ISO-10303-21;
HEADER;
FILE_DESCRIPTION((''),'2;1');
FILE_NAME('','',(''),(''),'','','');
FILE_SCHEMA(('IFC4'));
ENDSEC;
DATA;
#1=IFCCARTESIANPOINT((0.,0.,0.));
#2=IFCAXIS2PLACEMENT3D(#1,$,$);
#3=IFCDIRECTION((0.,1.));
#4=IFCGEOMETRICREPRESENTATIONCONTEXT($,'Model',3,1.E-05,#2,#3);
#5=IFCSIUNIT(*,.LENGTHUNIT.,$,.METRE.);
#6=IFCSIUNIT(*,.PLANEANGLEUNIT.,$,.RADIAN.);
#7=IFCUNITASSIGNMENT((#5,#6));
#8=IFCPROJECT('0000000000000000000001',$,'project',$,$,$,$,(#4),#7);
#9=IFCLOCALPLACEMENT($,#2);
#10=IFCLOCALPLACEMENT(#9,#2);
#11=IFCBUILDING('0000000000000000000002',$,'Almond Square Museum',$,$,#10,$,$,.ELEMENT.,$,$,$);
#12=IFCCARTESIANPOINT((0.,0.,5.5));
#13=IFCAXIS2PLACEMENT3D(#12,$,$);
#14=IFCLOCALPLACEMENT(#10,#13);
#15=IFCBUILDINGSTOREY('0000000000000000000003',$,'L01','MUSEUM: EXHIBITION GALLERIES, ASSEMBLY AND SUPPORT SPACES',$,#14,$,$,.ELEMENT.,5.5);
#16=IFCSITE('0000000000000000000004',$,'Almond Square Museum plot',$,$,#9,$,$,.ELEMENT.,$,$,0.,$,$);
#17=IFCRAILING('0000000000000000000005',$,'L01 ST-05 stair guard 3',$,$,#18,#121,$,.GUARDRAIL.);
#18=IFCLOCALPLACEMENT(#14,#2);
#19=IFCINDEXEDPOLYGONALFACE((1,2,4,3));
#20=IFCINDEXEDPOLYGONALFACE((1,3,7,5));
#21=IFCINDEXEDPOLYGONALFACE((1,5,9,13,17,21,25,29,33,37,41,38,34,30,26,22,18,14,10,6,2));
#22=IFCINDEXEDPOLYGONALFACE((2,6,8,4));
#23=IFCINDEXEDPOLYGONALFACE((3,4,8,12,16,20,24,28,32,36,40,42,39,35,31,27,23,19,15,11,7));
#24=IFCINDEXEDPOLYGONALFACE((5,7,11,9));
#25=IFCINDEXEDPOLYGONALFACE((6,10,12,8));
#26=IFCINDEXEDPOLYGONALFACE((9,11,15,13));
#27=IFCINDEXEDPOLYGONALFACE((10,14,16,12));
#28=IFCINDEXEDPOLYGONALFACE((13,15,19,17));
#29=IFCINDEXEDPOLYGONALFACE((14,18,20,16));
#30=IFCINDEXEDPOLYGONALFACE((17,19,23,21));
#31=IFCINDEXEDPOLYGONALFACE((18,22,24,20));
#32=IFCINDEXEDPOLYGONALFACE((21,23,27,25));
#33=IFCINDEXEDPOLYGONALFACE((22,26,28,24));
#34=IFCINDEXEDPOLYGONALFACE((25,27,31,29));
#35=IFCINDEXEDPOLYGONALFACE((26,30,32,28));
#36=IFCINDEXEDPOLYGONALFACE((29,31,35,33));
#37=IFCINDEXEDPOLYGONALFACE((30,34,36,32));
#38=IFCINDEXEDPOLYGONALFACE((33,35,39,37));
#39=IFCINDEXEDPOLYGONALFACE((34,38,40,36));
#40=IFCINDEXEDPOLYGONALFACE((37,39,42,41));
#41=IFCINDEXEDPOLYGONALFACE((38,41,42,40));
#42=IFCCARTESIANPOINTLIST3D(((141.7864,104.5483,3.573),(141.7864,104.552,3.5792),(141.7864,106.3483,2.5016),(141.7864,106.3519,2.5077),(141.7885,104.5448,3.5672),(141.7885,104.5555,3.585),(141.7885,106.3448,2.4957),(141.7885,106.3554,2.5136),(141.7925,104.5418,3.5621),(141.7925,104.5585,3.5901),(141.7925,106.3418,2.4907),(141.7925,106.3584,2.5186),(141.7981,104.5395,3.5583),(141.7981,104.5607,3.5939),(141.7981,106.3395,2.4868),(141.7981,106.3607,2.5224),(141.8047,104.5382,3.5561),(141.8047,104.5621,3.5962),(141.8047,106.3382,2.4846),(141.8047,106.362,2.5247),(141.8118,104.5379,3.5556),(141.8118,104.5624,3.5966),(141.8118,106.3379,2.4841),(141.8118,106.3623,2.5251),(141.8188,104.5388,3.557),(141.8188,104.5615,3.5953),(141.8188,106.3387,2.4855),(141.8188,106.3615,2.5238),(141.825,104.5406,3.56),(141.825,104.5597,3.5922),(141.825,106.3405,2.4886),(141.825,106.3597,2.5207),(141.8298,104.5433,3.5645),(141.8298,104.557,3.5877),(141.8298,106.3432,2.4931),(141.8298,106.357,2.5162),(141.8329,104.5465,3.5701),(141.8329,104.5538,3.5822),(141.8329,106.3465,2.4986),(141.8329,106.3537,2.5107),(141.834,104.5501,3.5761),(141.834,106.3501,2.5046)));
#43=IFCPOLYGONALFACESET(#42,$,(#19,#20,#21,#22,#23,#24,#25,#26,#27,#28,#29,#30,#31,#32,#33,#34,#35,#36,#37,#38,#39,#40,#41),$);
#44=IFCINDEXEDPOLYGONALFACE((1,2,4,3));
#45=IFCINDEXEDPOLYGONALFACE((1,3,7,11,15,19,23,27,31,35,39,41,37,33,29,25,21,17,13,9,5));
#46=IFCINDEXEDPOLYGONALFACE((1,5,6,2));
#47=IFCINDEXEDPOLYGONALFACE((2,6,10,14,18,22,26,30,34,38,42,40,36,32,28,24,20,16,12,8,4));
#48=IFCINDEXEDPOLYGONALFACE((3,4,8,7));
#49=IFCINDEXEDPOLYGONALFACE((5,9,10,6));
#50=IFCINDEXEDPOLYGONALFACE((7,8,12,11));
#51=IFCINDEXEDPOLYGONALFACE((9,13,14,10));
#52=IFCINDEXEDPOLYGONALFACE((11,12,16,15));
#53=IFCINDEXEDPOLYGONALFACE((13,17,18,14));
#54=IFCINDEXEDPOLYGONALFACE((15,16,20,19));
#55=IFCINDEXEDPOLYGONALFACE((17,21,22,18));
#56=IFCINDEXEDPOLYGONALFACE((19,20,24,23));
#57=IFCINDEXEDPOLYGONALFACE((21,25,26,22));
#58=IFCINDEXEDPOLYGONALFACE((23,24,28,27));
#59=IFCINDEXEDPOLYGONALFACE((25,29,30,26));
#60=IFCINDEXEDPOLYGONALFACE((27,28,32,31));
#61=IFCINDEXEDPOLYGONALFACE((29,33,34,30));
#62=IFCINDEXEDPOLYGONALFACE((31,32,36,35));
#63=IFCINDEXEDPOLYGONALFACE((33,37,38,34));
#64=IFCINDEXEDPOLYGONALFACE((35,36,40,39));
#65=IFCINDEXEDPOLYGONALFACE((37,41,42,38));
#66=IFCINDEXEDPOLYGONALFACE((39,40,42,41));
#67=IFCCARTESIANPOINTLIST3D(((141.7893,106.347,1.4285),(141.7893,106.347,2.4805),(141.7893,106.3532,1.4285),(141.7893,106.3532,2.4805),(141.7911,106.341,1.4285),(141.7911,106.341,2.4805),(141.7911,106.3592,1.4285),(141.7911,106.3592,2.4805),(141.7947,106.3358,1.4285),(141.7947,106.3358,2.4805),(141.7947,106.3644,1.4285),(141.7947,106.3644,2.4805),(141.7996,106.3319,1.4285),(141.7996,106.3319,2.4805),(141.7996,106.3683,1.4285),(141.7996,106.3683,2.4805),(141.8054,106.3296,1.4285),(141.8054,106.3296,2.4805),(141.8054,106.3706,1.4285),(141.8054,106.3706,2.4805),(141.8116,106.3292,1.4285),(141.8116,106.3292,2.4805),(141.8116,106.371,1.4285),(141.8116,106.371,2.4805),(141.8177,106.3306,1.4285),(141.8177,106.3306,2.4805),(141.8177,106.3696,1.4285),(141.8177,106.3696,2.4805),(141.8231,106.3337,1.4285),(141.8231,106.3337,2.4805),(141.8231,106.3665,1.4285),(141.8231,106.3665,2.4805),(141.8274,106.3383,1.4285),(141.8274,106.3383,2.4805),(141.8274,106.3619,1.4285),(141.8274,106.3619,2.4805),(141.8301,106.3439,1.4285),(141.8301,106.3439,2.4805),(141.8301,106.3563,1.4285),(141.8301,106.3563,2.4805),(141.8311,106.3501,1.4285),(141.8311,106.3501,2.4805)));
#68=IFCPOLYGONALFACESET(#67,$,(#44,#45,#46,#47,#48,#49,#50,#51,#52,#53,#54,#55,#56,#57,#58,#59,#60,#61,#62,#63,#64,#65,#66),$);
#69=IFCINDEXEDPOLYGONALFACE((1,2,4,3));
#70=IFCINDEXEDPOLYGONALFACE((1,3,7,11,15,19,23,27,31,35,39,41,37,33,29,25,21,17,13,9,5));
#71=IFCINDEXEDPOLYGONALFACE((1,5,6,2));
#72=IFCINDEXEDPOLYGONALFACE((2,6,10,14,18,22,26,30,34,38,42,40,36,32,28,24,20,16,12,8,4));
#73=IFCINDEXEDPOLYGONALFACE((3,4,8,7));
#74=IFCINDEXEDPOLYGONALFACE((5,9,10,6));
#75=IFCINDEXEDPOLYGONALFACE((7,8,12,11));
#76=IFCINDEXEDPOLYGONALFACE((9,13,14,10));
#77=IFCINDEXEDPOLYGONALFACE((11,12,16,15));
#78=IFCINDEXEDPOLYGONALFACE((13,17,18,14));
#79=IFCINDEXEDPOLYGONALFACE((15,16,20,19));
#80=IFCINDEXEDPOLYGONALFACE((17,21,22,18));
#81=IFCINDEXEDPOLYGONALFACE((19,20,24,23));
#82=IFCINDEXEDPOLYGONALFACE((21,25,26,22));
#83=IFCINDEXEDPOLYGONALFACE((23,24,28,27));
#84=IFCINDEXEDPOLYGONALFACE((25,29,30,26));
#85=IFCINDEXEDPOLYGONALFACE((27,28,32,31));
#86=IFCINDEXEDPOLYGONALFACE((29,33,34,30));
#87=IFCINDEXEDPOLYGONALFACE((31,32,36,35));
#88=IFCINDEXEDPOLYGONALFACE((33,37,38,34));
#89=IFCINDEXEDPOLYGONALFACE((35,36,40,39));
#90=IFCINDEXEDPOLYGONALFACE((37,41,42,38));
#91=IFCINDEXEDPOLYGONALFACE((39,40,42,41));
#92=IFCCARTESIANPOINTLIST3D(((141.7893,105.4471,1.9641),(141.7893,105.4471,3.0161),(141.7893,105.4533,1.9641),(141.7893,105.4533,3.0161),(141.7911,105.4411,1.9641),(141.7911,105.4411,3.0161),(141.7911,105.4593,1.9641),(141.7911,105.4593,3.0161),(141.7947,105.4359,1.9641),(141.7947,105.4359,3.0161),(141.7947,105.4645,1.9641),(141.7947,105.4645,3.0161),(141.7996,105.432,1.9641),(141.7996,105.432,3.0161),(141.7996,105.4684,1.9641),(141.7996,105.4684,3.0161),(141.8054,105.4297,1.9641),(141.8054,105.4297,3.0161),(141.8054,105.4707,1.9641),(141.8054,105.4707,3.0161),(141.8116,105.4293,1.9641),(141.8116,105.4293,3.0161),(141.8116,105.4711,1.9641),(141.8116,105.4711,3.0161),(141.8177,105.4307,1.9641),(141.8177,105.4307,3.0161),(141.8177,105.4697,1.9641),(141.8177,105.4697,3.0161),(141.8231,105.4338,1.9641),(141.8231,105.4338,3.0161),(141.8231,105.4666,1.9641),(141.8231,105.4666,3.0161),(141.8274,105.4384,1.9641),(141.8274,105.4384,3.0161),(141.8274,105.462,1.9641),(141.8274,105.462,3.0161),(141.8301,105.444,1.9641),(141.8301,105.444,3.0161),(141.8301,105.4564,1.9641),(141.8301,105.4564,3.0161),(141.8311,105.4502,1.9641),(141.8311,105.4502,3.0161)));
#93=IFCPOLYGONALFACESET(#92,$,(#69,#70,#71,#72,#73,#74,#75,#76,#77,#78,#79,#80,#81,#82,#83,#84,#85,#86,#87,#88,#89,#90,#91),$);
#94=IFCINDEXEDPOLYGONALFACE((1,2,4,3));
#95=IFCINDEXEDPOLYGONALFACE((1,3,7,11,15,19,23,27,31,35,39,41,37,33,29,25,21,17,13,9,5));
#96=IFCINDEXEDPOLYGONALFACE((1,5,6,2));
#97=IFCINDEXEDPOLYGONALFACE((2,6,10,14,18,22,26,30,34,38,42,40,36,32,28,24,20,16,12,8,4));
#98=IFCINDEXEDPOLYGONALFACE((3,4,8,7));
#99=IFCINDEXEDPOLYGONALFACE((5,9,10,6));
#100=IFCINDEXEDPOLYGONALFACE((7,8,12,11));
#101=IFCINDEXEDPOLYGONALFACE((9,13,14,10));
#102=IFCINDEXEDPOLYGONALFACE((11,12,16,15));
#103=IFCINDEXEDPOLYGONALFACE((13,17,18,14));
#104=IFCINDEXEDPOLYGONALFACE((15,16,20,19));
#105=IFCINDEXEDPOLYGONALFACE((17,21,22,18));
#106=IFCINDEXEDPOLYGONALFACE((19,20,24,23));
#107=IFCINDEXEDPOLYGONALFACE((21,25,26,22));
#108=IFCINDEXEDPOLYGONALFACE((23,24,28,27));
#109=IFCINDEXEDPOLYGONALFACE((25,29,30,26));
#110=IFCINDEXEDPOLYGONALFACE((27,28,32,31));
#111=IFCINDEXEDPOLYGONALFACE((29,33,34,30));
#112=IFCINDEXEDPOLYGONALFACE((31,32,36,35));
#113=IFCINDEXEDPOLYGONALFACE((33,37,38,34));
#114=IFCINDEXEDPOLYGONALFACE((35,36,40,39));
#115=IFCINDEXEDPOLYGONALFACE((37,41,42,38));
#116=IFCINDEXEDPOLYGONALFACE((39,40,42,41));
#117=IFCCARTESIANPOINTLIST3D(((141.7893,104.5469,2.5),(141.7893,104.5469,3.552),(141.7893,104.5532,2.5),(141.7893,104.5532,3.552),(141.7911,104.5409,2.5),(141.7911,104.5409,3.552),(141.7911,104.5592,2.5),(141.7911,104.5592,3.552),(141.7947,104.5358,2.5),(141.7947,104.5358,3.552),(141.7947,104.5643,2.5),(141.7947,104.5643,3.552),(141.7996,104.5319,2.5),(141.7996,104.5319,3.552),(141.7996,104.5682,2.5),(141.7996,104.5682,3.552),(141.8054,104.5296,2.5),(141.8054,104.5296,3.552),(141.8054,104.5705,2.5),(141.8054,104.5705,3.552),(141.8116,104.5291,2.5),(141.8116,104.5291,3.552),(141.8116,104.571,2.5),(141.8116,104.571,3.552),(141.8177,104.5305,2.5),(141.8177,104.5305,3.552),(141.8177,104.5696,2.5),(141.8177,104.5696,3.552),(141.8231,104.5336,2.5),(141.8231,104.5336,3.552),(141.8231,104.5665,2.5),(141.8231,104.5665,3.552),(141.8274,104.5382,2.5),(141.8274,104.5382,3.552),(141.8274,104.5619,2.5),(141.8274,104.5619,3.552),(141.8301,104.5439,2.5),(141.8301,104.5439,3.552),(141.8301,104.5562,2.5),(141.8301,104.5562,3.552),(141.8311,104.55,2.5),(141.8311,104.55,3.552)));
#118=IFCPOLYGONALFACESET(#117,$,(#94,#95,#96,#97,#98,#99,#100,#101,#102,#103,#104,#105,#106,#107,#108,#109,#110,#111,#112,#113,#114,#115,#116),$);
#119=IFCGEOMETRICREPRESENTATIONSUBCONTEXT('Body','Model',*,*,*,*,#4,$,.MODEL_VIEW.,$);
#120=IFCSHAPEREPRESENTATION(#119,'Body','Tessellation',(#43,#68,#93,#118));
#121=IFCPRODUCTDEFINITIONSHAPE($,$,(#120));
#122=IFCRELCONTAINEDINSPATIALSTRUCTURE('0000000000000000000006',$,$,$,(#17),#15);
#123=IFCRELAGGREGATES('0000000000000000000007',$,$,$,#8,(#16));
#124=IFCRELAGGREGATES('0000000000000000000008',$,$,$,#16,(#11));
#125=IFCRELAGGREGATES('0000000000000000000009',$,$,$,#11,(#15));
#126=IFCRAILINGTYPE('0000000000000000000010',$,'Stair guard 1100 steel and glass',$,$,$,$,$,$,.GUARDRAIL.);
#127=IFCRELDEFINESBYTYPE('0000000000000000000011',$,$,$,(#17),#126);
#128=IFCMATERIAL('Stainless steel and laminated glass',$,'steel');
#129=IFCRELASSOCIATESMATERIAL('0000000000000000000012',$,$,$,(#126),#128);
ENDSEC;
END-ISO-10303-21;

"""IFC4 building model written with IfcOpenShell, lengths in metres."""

from ifc_helpers import new_model, si_unit, direction, frame, origin, origin_2d, place, context, subcontext, project, spatial, circle, extrude, material, type_object, element, save


model = new_model("IFC4")

# Units and contexts
model_context = context("Model", 3, precision=1e-05, world=origin(), true_north=direction((0.0, 1.0)))
body_context = subcontext(model_context, "Body", "Model", "MODEL_VIEW")
ifc_project = project(units=[si_unit("LENGTHUNIT", "METRE"), si_unit("PLANEANGLEUNIT", "RADIAN")], contexts=[model_context])

# Site, building, storey
site_placement = place(None, origin())
site = spatial("IfcSite", under=ifc_project, at=site_placement, Name="Almond Square Museum plot", CompositionType="ELEMENT", RefElevation=0.0)
building_placement = place(site_placement, origin())
building = spatial("IfcBuilding", under=site, at=building_placement, Name="Almond Square Museum", CompositionType="ELEMENT")
storey_placement = place(building_placement, frame((0.0, 0.0, 5.5)))
storey = spatial("IfcBuildingStorey", under=building, at=storey_placement, Name="L01", Description="MUSEUM: EXHIBITION GALLERIES, ASSEMBLY AND SUPPORT SPACES", CompositionType="ELEMENT", Elevation=5.5)

# Railing
ifc_material_1 = material(Name="Stainless steel and laminated glass", Category="steel")
railing_type_1 = type_object("IfcRailingType", Name="Stair guard 1100 steel and glass", PredefinedType="GUARDRAIL", material=ifc_material_1)
railing_1_placement = place(storey_placement, frame((141.8101, 106.3501, 1.4285)))
element("IfcRailing", 1, at=railing_1_placement, inside=storey, type_object=railing_type_1, Name="L01 ST-05 stair guard 3", PredefinedType="GUARDRAIL", context=body_context, shape_type="SweptSolid", body=[
    extrude(circle(Radius=0.0239, at=origin_2d()), frame((0.0, 0.0, 1.0762), z_axis=(0.0, -0.859277, 0.51151), x_axis=(1.0, 0.0, 0.0)), (0.0, 0.0, 1.0), 2.0947),
    extrude(circle(Radius=0.021, at=origin_2d()), origin(), (0.0, 0.0, 1.0), 1.052),
    extrude(circle(Radius=0.021, at=origin_2d()), frame((0.0, -0.8999, 0.5356)), (0.0, 0.0, 1.0), 1.052),
    extrude(circle(Radius=0.021, at=origin_2d()), frame((0.0, -1.8, 1.0715)), (0.0, 0.0, 1.0), 1.052),
])

save(model, "model.ifc")
